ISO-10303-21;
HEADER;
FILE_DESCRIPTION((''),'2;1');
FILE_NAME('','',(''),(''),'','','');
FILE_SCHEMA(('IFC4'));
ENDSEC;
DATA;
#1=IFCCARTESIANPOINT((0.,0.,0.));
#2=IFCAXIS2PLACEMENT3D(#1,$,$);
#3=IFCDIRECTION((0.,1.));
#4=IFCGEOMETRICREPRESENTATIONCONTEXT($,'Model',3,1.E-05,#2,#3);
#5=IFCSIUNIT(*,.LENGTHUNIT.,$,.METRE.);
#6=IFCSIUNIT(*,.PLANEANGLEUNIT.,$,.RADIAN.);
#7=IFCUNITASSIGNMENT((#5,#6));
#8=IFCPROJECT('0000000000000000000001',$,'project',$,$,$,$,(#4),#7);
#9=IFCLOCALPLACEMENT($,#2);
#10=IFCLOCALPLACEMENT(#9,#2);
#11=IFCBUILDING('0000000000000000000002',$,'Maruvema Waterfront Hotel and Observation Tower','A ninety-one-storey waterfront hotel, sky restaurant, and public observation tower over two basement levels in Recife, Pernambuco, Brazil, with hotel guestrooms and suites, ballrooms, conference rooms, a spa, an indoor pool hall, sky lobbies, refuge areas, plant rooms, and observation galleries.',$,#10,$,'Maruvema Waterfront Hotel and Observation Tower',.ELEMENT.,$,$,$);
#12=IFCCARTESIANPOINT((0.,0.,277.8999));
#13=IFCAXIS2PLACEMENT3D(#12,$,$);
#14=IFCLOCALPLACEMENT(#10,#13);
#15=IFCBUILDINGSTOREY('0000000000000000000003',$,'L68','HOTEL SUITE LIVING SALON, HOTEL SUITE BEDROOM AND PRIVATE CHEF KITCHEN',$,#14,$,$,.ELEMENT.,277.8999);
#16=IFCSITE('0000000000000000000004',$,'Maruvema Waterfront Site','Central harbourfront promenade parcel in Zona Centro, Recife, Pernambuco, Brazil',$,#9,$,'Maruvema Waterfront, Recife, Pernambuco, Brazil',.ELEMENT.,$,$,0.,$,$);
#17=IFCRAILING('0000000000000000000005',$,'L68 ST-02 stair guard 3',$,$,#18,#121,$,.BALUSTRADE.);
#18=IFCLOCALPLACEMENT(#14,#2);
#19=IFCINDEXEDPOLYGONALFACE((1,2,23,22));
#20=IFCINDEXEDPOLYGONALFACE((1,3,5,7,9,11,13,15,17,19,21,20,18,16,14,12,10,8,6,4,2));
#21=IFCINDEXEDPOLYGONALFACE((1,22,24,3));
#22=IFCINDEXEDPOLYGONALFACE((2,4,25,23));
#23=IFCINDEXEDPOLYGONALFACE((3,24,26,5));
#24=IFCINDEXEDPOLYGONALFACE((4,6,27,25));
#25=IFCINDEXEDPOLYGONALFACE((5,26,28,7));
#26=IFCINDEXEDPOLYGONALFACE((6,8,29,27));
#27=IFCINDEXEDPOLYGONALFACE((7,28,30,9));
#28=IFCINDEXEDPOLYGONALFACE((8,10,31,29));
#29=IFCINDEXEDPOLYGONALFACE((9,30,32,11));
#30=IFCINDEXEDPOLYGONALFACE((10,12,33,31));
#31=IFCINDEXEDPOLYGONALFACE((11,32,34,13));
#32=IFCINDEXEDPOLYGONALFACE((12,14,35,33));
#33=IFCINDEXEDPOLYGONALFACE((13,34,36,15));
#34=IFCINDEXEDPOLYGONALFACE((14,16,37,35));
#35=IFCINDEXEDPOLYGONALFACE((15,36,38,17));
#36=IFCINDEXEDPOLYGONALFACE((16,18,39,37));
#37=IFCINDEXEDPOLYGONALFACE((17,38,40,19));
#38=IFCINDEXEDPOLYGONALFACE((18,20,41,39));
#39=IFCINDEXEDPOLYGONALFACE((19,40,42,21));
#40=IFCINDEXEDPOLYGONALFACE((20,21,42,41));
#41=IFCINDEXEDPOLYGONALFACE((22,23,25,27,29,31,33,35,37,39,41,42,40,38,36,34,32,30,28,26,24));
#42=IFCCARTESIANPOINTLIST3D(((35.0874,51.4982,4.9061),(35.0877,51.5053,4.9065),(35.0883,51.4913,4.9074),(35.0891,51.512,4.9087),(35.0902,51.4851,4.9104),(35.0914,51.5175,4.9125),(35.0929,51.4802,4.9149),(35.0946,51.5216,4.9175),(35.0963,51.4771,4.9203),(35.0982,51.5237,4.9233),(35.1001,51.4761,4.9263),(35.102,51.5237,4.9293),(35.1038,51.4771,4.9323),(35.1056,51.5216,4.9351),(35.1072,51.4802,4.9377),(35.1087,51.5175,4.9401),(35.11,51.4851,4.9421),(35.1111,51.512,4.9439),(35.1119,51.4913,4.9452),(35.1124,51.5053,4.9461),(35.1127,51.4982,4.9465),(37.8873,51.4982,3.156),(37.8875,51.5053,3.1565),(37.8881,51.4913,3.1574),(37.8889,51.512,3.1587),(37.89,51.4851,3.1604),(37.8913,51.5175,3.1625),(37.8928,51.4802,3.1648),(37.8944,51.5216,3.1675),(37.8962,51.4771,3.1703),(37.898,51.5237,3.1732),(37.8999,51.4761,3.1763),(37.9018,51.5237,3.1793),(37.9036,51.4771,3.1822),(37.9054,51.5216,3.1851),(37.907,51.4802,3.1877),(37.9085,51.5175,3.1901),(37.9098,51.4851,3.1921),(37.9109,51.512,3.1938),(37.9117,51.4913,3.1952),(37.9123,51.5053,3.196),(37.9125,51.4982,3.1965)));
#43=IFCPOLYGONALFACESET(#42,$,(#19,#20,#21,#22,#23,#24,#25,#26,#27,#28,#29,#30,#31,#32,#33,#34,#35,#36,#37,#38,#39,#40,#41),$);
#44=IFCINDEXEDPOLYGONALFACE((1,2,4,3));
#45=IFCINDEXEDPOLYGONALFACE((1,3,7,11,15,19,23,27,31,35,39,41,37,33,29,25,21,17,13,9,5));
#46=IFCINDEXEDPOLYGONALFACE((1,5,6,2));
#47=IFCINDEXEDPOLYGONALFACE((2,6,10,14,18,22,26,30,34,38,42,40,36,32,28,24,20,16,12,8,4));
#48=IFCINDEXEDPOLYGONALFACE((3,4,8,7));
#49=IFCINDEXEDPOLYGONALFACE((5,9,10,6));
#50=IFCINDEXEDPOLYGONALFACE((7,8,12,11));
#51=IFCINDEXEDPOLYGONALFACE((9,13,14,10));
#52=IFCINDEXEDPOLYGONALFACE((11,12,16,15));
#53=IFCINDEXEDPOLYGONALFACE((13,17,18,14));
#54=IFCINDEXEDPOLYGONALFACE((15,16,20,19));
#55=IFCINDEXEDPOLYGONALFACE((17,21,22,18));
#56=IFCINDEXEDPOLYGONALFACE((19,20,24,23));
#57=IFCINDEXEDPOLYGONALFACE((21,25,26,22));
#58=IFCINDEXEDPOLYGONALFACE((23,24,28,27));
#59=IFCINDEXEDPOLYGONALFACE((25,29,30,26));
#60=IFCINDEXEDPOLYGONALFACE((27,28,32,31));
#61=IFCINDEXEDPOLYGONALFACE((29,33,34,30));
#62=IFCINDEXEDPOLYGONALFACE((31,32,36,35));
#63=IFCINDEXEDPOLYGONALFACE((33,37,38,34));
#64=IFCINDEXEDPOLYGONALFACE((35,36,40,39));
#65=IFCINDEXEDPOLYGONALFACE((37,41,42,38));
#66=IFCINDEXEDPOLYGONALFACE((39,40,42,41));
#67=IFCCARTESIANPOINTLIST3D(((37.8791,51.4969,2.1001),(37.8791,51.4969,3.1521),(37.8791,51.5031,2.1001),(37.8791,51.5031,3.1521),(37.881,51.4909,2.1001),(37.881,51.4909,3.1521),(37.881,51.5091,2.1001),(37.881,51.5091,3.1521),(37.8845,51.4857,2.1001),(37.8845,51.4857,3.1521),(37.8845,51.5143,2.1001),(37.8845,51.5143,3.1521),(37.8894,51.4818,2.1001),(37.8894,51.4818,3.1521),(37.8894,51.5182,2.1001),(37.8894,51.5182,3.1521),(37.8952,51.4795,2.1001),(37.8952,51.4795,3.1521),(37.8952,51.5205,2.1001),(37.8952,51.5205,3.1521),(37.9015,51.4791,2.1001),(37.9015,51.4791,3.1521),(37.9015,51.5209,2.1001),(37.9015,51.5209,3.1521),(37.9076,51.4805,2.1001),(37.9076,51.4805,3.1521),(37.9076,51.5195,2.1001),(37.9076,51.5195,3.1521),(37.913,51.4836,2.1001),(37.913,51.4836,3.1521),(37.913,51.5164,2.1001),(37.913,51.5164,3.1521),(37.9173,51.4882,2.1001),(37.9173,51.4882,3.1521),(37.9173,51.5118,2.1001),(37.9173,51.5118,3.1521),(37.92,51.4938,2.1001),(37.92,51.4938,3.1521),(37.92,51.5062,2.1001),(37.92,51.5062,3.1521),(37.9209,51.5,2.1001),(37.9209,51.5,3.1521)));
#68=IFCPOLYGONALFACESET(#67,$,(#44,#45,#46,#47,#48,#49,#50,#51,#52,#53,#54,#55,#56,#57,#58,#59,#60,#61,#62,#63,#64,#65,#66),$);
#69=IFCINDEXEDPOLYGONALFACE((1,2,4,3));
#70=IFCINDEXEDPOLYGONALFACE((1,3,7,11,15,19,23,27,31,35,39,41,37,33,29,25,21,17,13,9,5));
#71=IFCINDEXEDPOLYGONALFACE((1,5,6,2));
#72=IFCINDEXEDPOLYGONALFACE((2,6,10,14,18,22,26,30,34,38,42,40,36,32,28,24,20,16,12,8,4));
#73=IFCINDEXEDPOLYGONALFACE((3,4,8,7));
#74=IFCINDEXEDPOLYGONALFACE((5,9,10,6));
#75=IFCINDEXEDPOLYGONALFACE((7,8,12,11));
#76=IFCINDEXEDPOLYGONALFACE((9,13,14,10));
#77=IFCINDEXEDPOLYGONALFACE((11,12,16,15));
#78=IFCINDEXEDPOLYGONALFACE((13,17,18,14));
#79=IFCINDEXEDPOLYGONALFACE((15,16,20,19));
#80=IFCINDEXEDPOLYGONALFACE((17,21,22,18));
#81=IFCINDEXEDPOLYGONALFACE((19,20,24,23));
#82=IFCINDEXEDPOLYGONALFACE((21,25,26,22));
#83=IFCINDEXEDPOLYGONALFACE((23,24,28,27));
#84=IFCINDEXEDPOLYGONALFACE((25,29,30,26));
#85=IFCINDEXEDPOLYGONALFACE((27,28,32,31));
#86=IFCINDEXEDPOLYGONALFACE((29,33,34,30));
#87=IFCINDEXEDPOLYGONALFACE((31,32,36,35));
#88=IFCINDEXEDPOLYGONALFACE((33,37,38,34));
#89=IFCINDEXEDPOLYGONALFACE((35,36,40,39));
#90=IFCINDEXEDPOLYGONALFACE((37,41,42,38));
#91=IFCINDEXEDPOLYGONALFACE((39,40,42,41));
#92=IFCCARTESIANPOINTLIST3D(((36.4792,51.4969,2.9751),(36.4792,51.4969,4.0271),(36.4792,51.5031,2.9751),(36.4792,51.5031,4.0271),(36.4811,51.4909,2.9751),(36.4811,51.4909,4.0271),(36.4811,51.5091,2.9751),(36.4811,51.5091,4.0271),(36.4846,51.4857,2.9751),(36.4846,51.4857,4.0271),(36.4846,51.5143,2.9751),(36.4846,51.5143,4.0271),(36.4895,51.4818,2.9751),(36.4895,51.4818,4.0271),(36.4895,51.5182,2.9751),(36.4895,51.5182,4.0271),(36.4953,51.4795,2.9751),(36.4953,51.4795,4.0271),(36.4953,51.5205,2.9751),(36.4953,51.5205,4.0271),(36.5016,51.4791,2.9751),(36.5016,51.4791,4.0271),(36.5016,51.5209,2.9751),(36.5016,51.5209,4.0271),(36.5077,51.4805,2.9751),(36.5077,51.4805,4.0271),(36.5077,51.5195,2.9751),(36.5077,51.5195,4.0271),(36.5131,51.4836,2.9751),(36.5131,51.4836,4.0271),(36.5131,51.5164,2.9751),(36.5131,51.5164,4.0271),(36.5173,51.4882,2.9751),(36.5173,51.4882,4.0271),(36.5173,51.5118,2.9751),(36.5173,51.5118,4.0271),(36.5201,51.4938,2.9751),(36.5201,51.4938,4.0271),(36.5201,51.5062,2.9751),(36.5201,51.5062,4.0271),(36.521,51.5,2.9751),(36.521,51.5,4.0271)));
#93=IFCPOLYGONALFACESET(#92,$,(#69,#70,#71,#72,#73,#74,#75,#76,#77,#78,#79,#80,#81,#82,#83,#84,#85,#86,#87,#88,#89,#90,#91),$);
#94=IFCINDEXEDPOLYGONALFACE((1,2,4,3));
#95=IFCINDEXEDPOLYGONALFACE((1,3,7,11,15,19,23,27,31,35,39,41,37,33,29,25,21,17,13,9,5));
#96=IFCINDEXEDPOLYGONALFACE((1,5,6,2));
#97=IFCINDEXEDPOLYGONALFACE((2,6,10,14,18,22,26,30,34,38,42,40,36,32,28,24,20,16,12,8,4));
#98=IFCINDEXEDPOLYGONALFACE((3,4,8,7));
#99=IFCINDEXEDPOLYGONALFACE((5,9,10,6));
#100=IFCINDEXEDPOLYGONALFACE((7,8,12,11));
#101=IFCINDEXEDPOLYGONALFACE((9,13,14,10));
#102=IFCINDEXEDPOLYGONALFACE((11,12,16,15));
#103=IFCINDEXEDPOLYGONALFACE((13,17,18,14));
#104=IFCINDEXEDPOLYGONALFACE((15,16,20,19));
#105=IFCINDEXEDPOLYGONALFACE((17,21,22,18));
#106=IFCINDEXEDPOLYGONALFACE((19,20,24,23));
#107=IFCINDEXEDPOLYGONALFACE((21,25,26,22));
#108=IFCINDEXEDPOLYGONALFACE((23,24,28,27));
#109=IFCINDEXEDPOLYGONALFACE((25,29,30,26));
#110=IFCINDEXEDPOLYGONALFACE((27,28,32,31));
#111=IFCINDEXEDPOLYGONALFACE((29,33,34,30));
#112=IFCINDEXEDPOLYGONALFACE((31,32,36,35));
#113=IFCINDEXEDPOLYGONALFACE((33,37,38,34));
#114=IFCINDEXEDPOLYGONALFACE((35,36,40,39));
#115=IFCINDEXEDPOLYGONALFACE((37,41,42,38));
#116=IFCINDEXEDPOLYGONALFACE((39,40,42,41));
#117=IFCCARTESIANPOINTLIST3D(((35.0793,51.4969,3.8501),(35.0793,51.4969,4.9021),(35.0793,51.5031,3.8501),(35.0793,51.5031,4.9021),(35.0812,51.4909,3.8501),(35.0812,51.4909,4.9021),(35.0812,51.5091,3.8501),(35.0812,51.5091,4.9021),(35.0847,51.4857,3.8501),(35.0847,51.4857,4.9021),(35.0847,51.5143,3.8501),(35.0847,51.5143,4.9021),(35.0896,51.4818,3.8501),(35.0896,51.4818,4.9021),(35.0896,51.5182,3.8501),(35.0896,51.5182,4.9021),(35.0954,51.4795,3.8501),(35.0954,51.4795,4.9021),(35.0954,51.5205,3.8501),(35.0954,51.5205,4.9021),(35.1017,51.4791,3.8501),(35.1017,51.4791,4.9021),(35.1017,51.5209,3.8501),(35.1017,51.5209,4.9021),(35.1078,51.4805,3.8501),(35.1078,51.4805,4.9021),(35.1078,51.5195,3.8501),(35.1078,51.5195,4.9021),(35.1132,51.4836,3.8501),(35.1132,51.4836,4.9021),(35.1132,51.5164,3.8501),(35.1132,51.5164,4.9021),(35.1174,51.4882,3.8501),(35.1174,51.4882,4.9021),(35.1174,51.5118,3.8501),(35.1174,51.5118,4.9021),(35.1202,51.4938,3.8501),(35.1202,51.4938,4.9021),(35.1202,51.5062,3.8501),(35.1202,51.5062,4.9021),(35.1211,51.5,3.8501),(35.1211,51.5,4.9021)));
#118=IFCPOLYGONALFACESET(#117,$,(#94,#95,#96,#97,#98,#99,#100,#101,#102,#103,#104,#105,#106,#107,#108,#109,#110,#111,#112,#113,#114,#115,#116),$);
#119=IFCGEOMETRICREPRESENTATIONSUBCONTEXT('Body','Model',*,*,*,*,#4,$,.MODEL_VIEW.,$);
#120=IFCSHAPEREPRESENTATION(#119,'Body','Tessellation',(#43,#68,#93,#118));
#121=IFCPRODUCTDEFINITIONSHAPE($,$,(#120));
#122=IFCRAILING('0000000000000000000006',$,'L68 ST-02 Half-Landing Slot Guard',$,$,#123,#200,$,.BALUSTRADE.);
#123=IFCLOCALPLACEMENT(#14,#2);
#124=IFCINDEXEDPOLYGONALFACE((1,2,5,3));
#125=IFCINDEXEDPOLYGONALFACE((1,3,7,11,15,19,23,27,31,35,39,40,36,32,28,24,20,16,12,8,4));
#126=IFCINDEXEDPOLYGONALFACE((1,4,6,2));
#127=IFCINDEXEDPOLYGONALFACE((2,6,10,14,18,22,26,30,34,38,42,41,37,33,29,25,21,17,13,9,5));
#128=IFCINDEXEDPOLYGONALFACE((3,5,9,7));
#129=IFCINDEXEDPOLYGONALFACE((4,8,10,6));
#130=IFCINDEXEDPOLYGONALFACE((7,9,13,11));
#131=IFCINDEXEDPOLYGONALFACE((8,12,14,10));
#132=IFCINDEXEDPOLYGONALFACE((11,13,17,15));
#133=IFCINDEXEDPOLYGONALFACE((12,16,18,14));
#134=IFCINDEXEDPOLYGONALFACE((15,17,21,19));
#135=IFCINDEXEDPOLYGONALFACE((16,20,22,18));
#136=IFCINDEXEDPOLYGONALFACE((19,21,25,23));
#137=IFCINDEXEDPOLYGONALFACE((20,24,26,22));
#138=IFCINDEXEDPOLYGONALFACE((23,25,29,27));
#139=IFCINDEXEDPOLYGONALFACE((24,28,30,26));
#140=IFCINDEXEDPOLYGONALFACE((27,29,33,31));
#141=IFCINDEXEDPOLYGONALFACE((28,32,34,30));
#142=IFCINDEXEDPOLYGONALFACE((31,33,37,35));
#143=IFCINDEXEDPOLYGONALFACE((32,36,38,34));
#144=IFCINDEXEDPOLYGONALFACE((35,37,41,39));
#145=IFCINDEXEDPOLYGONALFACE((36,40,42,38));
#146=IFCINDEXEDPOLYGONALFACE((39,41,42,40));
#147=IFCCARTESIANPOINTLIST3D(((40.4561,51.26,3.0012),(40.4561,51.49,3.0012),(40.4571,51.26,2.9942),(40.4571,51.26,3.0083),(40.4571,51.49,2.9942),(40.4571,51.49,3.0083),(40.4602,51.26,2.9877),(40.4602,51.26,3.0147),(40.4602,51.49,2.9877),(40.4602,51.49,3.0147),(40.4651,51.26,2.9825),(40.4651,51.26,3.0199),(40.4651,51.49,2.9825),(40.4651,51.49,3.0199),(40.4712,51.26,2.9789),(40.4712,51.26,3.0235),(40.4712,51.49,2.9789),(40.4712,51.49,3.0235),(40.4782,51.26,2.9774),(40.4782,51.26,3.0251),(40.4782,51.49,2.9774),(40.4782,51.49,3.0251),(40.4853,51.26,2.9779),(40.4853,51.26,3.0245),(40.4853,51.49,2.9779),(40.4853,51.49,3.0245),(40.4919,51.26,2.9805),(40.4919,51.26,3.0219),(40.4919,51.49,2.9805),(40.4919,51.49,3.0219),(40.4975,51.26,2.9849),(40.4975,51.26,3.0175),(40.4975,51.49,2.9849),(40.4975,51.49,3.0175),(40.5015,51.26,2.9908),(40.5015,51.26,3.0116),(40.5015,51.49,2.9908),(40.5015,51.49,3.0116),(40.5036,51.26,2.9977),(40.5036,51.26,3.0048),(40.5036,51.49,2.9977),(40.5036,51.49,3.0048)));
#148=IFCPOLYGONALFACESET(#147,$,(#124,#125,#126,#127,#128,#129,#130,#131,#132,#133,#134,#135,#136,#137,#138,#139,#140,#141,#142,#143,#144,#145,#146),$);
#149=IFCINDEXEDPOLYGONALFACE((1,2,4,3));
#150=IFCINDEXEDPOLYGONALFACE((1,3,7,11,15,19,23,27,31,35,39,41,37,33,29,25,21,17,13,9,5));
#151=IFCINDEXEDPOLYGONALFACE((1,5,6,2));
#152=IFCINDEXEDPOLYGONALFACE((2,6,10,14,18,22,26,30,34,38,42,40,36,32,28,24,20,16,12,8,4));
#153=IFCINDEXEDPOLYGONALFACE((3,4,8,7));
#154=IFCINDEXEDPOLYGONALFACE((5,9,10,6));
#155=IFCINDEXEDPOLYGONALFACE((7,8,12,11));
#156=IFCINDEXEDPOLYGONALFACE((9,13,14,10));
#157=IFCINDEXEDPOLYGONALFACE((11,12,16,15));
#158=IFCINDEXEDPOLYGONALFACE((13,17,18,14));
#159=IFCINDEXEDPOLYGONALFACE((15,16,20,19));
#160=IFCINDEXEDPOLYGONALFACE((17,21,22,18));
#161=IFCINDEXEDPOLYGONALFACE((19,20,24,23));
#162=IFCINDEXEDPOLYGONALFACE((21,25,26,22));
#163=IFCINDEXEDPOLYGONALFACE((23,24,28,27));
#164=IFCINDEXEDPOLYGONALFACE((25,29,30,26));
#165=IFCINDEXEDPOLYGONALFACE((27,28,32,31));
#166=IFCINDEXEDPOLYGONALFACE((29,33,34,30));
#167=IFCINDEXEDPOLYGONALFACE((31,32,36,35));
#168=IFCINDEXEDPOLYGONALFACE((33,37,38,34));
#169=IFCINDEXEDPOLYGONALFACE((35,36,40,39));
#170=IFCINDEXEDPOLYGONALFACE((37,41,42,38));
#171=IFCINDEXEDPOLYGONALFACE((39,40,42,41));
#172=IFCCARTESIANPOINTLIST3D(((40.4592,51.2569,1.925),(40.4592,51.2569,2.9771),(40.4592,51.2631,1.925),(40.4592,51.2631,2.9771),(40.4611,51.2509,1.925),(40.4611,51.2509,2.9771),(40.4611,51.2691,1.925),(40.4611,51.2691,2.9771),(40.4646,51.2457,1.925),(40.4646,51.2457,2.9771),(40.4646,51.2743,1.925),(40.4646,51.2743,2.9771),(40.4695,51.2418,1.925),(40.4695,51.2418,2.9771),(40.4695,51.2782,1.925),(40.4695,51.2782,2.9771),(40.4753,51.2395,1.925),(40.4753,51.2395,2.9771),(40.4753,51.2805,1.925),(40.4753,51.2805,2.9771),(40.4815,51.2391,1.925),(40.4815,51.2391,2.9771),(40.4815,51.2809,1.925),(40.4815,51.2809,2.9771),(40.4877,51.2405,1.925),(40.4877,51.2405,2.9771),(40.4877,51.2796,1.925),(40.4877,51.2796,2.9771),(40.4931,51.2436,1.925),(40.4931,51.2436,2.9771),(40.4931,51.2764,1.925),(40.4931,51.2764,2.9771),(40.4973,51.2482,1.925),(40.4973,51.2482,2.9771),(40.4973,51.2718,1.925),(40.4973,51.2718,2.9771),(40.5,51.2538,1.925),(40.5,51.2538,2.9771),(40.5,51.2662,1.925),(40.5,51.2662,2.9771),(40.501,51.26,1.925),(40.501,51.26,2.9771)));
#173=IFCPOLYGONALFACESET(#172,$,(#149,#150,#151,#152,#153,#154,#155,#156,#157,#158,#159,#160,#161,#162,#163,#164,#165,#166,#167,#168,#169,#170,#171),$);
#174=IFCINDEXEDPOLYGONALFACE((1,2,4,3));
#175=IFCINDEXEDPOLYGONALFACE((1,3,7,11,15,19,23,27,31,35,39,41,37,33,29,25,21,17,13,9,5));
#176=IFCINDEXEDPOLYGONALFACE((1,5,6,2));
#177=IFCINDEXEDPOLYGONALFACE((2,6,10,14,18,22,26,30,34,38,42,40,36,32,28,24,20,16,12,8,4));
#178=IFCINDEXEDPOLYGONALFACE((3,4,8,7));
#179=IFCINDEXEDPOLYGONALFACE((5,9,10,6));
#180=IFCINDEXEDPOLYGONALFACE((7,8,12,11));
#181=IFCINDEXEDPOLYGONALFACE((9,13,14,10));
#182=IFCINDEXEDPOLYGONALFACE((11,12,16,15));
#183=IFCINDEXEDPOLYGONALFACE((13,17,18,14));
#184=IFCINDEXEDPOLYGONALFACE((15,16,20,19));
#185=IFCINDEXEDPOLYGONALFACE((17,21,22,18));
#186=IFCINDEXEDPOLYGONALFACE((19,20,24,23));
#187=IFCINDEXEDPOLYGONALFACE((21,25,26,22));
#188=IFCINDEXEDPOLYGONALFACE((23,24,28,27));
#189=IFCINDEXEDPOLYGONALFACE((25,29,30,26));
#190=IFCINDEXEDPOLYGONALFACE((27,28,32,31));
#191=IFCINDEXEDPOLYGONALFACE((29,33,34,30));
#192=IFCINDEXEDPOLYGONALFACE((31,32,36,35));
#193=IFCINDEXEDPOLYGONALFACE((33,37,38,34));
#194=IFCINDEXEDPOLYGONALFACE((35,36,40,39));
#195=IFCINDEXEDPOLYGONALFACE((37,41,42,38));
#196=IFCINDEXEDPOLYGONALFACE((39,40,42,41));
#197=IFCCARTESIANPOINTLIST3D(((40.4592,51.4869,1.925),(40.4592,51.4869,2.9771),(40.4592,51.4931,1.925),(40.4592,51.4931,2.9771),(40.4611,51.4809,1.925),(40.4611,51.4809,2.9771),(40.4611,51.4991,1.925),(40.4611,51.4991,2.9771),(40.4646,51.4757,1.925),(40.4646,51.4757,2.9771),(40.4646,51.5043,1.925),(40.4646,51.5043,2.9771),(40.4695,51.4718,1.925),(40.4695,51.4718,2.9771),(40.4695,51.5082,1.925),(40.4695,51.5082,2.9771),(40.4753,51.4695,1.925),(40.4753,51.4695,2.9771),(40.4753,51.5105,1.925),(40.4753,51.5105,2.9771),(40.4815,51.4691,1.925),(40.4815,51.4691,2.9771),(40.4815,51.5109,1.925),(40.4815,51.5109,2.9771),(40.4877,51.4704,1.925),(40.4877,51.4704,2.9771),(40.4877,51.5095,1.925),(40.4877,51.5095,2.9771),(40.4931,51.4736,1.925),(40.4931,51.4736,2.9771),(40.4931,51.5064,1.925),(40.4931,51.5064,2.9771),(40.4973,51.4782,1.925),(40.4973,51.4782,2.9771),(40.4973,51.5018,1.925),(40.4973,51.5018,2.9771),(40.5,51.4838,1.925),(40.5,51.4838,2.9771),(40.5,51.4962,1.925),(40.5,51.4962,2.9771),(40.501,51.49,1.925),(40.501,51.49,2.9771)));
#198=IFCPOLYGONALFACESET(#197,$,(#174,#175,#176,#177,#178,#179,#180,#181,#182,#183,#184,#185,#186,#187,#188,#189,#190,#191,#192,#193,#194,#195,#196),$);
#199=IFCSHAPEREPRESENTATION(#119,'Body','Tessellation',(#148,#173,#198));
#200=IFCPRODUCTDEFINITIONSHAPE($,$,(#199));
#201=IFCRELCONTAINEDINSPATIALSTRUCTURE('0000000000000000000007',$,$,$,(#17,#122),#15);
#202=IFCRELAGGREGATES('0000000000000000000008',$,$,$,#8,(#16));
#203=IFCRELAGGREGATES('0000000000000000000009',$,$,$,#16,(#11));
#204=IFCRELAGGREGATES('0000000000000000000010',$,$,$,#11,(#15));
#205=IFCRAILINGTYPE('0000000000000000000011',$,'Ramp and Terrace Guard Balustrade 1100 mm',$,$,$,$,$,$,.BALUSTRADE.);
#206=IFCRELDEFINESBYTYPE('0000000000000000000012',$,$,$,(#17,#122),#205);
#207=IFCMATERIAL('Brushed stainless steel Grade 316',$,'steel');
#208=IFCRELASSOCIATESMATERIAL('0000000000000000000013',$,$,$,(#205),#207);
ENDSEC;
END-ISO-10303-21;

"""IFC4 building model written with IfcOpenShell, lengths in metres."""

from ifc_helpers import new_model, si_unit, direction, frame, origin, origin_2d, place, context, subcontext, project, spatial, circle, extrude, material, type_object, element, save


model = new_model("IFC4")

# Units and contexts
model_context = context("Model", 3, precision=1e-05, world=origin(), true_north=direction((0.0, 1.0)))
body_context = subcontext(model_context, "Body", "Model", "MODEL_VIEW")
ifc_project = project(units=[si_unit("LENGTHUNIT", "METRE"), si_unit("PLANEANGLEUNIT", "RADIAN")], contexts=[model_context])

# Site, building, storey
site_placement = place(None, origin())
site = spatial("IfcSite", under=ifc_project, at=site_placement, Name="Maruvema Waterfront Site", Description="Central harbourfront promenade parcel in Zona Centro, Recife, Pernambuco, Brazil", LongName="Maruvema Waterfront, Recife, Pernambuco, Brazil", CompositionType="ELEMENT", RefElevation=0.0)
building_placement = place(site_placement, origin())
building = spatial("IfcBuilding", under=site, at=building_placement, Name="Maruvema Waterfront Hotel and Observation Tower", Description="A ninety-one-storey waterfront hotel, sky restaurant, and public observation tower over two basement levels in Recife, Pernambuco, Brazil, with hotel guestrooms and suites, ballrooms, conference rooms, a spa, an indoor pool hall, sky lobbies, refuge areas, plant rooms, and observation galleries.", LongName="Maruvema Waterfront Hotel and Observation Tower", CompositionType="ELEMENT")
storey_placement = place(building_placement, frame((0.0, 0.0, 277.8999)))
storey = spatial("IfcBuildingStorey", under=building, at=storey_placement, Name="L68", Description="HOTEL SUITE LIVING SALON, HOTEL SUITE BEDROOM AND PRIVATE CHEF KITCHEN", CompositionType="ELEMENT", Elevation=277.8999)

# Railings
ifc_material_1 = material(Name="Brushed stainless steel Grade 316", Category="steel")
railing_type_1 = type_object("IfcRailingType", Name="Ramp and Terrace Guard Balustrade 1100 mm", PredefinedType="BALUSTRADE", material=ifc_material_1)
railing_1_placement = place(storey_placement, frame((37.8999, 51.5, 2.1001)))
element("IfcRailing", 1, at=railing_1_placement, inside=storey, type_object=railing_type_1, Name="L68 ST-02 stair guard 3", PredefinedType="BALUSTRADE", context=body_context, shape_type="SweptSolid", body=[
    extrude(circle(Radius=0.0239, at=origin_2d()), frame((0.0, 0.0, 1.0762), z_axis=(-0.847982, 0.0, 0.530026), x_axis=(0.0, -1.0, 0.0)), (0.0, 0.0, 1.0), 3.3018),
    extrude(circle(Radius=0.021, at=origin_2d()), origin(), (0.0, 0.0, 1.0), 1.052),
    extrude(circle(Radius=0.021, at=origin_2d()), frame((-1.3999, 0.0, 0.875)), (0.0, 0.0, 1.0), 1.052),
    extrude(circle(Radius=0.021, at=origin_2d()), frame((-2.7998, 0.0, 1.75)), (0.0, 0.0, 1.0), 1.052),
])
railing_2_placement = place(storey_placement, frame((40.48, 51.26, 1.925)))
element("IfcRailing", 2, at=railing_2_placement, inside=storey, type_object=railing_type_1, Name="L68 ST-02 Half-Landing Slot Guard", PredefinedType="BALUSTRADE", context=body_context, shape_type="SweptSolid", body=[
    extrude(circle(Radius=0.0239, at=origin_2d()), frame((0.0, 0.0, 1.0762), z_axis=(0.0, 1.0, 0.0), x_axis=(-1.0, 0.0, 0.0)), (0.0, 0.0, 1.0), 0.23),
    extrude(circle(Radius=0.021, at=origin_2d()), origin(), (0.0, 0.0, 1.0), 1.052),
    extrude(circle(Radius=0.021, at=origin_2d()), frame((0.0, 0.23, 0.0)), (0.0, 0.0, 1.0), 1.052),
])

save(model, "model.ifc")
